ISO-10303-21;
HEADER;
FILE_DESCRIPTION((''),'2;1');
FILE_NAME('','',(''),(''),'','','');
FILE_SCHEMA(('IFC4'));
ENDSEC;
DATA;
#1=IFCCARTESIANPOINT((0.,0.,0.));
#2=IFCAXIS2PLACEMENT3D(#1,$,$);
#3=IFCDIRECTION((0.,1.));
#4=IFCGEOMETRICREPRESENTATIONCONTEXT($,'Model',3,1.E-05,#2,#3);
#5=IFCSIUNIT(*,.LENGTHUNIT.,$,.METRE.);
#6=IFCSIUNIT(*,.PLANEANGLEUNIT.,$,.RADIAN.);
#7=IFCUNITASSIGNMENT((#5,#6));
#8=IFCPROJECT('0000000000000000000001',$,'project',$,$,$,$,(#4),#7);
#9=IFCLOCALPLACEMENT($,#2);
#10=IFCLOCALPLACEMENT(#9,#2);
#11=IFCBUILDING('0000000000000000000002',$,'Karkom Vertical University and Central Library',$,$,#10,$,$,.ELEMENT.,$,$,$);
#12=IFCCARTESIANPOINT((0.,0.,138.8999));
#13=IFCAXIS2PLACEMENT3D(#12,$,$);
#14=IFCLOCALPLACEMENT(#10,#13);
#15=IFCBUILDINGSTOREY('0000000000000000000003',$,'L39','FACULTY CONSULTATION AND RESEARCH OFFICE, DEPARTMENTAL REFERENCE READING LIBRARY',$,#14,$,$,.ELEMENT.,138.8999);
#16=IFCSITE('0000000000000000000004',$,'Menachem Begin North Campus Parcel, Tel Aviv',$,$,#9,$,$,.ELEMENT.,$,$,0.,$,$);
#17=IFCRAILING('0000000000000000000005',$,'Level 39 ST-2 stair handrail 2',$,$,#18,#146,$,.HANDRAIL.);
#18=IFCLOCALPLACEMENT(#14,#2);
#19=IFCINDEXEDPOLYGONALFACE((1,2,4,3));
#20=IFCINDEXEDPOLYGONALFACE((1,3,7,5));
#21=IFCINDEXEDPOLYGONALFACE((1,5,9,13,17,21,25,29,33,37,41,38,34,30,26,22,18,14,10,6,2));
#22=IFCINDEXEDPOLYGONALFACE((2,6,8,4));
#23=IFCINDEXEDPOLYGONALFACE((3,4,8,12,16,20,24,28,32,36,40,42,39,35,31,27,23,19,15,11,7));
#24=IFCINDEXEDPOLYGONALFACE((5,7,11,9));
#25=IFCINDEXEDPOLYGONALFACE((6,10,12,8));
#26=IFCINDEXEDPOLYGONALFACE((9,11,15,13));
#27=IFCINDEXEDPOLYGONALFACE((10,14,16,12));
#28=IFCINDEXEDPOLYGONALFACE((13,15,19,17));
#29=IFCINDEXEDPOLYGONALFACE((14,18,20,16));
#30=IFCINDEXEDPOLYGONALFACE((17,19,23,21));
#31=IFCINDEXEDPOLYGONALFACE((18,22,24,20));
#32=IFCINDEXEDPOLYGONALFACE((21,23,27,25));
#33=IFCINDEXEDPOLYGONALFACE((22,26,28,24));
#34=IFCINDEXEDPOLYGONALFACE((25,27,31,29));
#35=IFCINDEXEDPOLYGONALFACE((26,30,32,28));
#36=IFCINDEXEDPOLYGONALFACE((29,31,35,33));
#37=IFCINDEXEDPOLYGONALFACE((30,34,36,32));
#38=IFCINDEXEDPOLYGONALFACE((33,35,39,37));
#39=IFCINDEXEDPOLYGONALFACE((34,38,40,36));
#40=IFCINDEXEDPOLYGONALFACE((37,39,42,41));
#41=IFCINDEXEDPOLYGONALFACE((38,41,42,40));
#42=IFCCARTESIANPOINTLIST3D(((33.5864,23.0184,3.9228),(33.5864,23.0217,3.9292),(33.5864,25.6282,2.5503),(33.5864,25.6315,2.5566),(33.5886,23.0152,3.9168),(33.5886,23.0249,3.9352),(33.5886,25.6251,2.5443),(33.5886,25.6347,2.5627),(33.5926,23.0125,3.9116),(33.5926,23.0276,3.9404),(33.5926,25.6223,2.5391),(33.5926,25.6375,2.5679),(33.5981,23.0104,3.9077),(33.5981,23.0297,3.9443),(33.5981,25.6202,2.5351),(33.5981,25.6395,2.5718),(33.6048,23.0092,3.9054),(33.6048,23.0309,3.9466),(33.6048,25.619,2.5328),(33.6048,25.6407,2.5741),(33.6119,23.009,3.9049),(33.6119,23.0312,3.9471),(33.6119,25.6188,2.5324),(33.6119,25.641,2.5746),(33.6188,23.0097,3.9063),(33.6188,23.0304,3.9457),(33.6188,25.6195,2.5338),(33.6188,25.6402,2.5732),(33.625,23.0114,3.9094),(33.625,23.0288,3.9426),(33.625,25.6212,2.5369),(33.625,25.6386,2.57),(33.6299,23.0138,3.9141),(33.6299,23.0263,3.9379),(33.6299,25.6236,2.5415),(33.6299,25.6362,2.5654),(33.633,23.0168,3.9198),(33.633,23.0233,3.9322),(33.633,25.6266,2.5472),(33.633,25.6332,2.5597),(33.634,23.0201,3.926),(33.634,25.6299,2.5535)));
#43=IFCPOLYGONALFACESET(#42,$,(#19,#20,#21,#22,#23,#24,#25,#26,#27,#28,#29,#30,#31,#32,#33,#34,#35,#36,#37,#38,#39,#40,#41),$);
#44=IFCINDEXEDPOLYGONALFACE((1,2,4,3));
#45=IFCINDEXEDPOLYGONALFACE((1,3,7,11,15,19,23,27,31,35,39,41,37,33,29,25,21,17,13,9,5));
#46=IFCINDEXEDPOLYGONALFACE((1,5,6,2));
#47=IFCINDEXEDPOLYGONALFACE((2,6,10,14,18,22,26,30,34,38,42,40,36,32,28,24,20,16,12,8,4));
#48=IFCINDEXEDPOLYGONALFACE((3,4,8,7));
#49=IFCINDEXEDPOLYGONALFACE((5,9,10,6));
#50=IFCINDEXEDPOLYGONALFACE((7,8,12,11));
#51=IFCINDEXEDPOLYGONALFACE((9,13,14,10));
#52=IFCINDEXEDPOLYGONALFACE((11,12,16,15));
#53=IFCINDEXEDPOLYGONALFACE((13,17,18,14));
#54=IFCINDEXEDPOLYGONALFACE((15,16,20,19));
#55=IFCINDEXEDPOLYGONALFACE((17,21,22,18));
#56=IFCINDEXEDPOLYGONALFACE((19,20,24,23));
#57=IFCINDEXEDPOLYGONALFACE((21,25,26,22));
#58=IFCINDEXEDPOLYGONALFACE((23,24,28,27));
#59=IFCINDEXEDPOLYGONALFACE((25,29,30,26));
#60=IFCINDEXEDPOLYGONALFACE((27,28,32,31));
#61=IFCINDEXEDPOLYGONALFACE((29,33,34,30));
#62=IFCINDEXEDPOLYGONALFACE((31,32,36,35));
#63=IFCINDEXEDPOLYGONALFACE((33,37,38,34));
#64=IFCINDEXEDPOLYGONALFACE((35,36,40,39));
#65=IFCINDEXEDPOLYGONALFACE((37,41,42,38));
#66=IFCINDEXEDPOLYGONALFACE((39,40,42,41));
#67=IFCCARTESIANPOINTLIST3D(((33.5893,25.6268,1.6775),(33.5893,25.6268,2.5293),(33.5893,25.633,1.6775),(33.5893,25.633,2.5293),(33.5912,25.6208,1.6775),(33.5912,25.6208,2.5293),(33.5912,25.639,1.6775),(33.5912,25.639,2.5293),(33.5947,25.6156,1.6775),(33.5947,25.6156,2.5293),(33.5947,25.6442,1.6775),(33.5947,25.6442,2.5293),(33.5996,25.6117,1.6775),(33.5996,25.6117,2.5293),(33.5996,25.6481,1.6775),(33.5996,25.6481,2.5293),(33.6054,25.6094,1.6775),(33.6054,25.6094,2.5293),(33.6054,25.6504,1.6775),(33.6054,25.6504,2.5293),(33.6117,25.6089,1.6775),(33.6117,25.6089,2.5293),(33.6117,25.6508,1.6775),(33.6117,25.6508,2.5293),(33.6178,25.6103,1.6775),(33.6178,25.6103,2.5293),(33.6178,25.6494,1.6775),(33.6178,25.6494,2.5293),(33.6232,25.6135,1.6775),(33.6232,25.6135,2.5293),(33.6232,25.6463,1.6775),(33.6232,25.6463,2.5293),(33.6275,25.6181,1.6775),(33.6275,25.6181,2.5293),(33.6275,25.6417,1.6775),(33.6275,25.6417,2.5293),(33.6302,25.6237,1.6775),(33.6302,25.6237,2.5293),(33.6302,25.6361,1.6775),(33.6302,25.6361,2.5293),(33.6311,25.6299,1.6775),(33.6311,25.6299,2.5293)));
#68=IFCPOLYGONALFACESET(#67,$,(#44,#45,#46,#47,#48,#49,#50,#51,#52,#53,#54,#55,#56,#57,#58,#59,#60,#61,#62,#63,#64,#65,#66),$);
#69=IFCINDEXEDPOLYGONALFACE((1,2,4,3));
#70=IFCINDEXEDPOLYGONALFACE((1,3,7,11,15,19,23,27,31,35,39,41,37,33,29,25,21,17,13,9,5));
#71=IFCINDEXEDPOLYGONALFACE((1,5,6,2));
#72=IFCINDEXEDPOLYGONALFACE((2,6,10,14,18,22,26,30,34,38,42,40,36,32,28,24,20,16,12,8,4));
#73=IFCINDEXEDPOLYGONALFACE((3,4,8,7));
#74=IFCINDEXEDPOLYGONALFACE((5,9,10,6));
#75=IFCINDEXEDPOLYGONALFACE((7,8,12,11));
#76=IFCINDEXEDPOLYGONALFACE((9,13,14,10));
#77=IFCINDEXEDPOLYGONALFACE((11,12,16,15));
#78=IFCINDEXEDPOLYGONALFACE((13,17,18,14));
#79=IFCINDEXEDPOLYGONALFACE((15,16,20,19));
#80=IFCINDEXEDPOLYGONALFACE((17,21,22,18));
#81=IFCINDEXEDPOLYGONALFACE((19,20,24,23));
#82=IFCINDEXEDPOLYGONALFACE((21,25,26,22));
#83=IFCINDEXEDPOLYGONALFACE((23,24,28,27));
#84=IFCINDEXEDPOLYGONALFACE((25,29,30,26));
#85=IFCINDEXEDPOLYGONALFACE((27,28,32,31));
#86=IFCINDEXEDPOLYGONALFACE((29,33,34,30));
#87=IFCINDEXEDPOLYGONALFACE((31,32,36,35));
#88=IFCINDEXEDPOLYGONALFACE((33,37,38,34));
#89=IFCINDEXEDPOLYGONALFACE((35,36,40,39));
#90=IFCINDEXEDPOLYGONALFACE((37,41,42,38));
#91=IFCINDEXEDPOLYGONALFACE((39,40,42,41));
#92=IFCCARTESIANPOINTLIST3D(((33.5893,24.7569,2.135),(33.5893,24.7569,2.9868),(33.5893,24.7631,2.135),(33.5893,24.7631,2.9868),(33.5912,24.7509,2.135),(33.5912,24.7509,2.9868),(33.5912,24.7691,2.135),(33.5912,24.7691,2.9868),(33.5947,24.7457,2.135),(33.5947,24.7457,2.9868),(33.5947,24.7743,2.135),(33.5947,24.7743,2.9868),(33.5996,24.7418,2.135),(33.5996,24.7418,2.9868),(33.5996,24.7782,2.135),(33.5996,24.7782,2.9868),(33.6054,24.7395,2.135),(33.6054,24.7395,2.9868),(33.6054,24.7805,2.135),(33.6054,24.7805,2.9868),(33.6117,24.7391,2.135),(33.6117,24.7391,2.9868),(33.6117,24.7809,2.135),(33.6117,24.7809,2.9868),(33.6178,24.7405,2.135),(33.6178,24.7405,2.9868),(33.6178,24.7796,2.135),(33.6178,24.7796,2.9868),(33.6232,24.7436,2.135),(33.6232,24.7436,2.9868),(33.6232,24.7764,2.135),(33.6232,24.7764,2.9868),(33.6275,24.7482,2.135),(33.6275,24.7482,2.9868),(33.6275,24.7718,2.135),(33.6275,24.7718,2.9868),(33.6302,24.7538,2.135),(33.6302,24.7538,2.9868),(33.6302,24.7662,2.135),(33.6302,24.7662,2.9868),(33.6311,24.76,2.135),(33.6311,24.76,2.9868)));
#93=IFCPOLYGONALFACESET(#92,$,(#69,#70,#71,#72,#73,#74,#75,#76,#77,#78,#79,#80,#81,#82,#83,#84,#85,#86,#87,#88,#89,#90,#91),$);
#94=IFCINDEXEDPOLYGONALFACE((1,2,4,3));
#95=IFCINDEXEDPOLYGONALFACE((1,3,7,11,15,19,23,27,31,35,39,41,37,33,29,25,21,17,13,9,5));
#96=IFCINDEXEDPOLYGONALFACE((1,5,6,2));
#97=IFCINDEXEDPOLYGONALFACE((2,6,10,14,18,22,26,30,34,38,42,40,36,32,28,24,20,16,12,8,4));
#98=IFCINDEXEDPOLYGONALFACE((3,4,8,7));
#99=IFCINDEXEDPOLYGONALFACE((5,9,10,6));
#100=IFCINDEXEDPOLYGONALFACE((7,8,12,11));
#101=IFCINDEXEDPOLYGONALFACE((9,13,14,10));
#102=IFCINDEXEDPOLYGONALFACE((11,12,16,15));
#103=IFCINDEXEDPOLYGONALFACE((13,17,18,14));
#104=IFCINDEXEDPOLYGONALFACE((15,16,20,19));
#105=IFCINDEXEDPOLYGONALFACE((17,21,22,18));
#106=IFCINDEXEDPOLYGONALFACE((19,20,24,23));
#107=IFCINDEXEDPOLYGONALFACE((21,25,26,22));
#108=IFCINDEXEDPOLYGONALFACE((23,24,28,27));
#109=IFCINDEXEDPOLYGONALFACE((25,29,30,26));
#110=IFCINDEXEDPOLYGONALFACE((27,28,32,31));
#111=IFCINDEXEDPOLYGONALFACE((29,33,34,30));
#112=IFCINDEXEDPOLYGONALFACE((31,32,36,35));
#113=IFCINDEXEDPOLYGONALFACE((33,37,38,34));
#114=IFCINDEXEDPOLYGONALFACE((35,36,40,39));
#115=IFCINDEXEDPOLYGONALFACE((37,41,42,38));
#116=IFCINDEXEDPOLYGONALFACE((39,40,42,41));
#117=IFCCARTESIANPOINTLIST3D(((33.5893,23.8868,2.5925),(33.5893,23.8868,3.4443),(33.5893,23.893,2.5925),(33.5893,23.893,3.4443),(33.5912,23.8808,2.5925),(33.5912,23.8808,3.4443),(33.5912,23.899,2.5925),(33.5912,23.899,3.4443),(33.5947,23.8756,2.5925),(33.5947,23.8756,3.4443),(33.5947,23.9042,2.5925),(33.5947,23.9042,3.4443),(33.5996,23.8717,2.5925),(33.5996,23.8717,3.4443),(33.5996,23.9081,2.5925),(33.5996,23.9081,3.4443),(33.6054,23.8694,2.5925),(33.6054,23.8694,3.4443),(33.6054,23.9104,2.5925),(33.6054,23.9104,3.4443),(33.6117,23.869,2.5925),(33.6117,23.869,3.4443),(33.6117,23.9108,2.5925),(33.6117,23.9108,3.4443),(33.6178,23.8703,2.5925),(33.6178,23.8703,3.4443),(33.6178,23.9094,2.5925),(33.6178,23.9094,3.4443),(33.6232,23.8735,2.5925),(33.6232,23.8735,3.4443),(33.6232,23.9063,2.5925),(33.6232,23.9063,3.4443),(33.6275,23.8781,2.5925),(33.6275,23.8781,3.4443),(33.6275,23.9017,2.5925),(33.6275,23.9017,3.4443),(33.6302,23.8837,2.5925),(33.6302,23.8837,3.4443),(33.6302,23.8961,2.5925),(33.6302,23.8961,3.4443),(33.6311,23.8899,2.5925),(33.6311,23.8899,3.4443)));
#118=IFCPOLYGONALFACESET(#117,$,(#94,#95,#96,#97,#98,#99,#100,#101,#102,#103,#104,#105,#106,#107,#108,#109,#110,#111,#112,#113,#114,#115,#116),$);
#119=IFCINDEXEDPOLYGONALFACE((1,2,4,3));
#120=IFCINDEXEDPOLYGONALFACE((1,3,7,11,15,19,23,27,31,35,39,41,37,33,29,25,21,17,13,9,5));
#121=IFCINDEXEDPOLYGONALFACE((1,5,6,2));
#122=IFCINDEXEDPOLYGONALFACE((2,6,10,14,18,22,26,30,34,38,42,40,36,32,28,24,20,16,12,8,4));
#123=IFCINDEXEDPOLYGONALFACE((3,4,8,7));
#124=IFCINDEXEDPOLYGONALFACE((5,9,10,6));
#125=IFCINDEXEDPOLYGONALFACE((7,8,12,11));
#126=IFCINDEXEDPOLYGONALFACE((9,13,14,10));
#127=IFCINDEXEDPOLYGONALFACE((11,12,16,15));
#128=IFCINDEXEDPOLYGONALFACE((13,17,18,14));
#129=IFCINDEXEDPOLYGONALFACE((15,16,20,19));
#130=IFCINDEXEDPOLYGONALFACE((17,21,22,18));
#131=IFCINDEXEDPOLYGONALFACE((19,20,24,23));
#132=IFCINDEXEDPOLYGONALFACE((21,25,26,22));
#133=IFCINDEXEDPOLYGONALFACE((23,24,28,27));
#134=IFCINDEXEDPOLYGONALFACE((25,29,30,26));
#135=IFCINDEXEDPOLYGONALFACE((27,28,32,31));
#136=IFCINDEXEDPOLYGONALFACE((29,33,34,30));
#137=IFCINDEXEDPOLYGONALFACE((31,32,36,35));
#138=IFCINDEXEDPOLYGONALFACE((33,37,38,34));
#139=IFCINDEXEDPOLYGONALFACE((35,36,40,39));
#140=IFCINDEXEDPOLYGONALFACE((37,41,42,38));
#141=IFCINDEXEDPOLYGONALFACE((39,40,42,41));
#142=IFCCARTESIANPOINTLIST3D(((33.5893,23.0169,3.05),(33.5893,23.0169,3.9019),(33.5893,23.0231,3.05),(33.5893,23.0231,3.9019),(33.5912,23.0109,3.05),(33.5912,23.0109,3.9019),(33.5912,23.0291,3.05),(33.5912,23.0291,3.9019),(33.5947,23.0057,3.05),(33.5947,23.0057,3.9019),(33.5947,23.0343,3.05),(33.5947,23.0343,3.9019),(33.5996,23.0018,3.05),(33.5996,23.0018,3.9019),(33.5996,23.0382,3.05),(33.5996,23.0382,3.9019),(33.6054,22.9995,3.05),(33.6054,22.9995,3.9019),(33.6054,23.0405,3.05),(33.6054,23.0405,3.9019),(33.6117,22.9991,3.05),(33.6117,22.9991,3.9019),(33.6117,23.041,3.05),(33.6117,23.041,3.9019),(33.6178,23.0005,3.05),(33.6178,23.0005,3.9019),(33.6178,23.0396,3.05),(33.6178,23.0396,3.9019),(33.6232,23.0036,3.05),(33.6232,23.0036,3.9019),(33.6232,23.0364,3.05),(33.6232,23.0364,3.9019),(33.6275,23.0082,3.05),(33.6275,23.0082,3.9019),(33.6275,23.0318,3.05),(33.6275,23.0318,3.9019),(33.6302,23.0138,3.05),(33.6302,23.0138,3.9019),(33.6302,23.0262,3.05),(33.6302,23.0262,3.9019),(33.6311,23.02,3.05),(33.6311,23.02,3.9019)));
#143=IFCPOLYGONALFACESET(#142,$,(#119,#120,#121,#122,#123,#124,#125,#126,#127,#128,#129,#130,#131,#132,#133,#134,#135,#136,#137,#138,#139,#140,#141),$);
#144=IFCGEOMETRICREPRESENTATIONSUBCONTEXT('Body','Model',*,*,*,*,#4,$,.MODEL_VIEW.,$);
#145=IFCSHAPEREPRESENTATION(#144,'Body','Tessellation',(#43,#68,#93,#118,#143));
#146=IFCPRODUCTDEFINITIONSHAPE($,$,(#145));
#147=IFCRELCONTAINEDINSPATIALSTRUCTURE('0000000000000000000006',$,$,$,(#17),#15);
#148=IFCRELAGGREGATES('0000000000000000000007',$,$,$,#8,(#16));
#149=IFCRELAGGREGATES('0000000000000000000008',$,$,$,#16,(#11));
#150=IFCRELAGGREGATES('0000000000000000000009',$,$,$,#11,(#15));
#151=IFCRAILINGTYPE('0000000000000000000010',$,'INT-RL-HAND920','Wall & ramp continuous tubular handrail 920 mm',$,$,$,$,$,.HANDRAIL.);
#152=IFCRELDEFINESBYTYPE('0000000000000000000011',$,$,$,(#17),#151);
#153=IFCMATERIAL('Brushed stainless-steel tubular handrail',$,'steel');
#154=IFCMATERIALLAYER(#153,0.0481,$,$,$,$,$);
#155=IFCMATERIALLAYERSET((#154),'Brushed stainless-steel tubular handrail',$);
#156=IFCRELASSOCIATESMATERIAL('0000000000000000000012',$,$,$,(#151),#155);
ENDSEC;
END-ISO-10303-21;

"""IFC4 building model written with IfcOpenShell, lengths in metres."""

from ifc_helpers import new_model, si_unit, direction, frame, origin, origin_2d, place, context, subcontext, project, spatial, circle, extrude, material, layer, layer_set, type_object, element, save


model = new_model("IFC4")

# Units and contexts
model_context = context("Model", 3, precision=1e-05, world=origin(), true_north=direction((0.0, 1.0)))
body_context = subcontext(model_context, "Body", "Model", "MODEL_VIEW")
ifc_project = project(units=[si_unit("LENGTHUNIT", "METRE"), si_unit("PLANEANGLEUNIT", "RADIAN")], contexts=[model_context])

# Site, building, storey
site_placement = place(None, origin())
site = spatial("IfcSite", under=ifc_project, at=site_placement, Name="Menachem Begin North Campus Parcel, Tel Aviv", CompositionType="ELEMENT", RefElevation=0.0)
building_placement = place(site_placement, origin())
building = spatial("IfcBuilding", under=site, at=building_placement, Name="Karkom Vertical University and Central Library", CompositionType="ELEMENT")
storey_placement = place(building_placement, frame((0.0, 0.0, 138.8999)))
storey = spatial("IfcBuildingStorey", under=building, at=storey_placement, Name="L39", Description="FACULTY CONSULTATION AND RESEARCH OFFICE, DEPARTMENTAL REFERENCE READING LIBRARY", CompositionType="ELEMENT", Elevation=138.8999)

# Railing
ifc_material_1 = material(Name="Brushed stainless-steel tubular handrail", Category="steel")
ifc_layer_1 = layer(ifc_material_1, 0.0481)
ifc_layer_set_1 = layer_set([ifc_layer_1], Name="Brushed stainless-steel tubular handrail")
railing_type_1 = type_object("IfcRailingType", Name="INT-RL-HAND920", Description="Wall & ramp continuous tubular handrail 920 mm", PredefinedType="HANDRAIL", material=ifc_layer_set_1)
railing_1_placement = place(storey_placement, frame((33.6101, 25.6299, 1.6775)))
element("IfcRailing", 1, at=railing_1_placement, inside=storey, type_object=railing_type_1, Name="Level 39 ST-2 stair handrail 2", PredefinedType="HANDRAIL", context=body_context, shape_type="SweptSolid", body=[
    extrude(circle(Radius=0.0239, at=origin_2d()), frame((0.0, 0.0, 0.876), z_axis=(0.0, -0.885065, 0.465467), x_axis=(1.0, 0.0, 0.0)), (0.0, 0.0, 1.0), 2.9487),
    extrude(circle(Radius=0.021, at=origin_2d()), origin(), (0.0, 0.0, 1.0), 0.8518),
    extrude(circle(Radius=0.021, at=origin_2d()), frame((0.0, -0.8699, 0.4575)), (0.0, 0.0, 1.0), 0.8518),
    extrude(circle(Radius=0.021, at=origin_2d()), frame((0.0, -1.74, 0.915)), (0.0, 0.0, 1.0), 0.8518),
    extrude(circle(Radius=0.021, at=origin_2d()), frame((0.0, -2.6099, 1.3726)), (0.0, 0.0, 1.0), 0.8518),
])

save(model, "model.ifc")
